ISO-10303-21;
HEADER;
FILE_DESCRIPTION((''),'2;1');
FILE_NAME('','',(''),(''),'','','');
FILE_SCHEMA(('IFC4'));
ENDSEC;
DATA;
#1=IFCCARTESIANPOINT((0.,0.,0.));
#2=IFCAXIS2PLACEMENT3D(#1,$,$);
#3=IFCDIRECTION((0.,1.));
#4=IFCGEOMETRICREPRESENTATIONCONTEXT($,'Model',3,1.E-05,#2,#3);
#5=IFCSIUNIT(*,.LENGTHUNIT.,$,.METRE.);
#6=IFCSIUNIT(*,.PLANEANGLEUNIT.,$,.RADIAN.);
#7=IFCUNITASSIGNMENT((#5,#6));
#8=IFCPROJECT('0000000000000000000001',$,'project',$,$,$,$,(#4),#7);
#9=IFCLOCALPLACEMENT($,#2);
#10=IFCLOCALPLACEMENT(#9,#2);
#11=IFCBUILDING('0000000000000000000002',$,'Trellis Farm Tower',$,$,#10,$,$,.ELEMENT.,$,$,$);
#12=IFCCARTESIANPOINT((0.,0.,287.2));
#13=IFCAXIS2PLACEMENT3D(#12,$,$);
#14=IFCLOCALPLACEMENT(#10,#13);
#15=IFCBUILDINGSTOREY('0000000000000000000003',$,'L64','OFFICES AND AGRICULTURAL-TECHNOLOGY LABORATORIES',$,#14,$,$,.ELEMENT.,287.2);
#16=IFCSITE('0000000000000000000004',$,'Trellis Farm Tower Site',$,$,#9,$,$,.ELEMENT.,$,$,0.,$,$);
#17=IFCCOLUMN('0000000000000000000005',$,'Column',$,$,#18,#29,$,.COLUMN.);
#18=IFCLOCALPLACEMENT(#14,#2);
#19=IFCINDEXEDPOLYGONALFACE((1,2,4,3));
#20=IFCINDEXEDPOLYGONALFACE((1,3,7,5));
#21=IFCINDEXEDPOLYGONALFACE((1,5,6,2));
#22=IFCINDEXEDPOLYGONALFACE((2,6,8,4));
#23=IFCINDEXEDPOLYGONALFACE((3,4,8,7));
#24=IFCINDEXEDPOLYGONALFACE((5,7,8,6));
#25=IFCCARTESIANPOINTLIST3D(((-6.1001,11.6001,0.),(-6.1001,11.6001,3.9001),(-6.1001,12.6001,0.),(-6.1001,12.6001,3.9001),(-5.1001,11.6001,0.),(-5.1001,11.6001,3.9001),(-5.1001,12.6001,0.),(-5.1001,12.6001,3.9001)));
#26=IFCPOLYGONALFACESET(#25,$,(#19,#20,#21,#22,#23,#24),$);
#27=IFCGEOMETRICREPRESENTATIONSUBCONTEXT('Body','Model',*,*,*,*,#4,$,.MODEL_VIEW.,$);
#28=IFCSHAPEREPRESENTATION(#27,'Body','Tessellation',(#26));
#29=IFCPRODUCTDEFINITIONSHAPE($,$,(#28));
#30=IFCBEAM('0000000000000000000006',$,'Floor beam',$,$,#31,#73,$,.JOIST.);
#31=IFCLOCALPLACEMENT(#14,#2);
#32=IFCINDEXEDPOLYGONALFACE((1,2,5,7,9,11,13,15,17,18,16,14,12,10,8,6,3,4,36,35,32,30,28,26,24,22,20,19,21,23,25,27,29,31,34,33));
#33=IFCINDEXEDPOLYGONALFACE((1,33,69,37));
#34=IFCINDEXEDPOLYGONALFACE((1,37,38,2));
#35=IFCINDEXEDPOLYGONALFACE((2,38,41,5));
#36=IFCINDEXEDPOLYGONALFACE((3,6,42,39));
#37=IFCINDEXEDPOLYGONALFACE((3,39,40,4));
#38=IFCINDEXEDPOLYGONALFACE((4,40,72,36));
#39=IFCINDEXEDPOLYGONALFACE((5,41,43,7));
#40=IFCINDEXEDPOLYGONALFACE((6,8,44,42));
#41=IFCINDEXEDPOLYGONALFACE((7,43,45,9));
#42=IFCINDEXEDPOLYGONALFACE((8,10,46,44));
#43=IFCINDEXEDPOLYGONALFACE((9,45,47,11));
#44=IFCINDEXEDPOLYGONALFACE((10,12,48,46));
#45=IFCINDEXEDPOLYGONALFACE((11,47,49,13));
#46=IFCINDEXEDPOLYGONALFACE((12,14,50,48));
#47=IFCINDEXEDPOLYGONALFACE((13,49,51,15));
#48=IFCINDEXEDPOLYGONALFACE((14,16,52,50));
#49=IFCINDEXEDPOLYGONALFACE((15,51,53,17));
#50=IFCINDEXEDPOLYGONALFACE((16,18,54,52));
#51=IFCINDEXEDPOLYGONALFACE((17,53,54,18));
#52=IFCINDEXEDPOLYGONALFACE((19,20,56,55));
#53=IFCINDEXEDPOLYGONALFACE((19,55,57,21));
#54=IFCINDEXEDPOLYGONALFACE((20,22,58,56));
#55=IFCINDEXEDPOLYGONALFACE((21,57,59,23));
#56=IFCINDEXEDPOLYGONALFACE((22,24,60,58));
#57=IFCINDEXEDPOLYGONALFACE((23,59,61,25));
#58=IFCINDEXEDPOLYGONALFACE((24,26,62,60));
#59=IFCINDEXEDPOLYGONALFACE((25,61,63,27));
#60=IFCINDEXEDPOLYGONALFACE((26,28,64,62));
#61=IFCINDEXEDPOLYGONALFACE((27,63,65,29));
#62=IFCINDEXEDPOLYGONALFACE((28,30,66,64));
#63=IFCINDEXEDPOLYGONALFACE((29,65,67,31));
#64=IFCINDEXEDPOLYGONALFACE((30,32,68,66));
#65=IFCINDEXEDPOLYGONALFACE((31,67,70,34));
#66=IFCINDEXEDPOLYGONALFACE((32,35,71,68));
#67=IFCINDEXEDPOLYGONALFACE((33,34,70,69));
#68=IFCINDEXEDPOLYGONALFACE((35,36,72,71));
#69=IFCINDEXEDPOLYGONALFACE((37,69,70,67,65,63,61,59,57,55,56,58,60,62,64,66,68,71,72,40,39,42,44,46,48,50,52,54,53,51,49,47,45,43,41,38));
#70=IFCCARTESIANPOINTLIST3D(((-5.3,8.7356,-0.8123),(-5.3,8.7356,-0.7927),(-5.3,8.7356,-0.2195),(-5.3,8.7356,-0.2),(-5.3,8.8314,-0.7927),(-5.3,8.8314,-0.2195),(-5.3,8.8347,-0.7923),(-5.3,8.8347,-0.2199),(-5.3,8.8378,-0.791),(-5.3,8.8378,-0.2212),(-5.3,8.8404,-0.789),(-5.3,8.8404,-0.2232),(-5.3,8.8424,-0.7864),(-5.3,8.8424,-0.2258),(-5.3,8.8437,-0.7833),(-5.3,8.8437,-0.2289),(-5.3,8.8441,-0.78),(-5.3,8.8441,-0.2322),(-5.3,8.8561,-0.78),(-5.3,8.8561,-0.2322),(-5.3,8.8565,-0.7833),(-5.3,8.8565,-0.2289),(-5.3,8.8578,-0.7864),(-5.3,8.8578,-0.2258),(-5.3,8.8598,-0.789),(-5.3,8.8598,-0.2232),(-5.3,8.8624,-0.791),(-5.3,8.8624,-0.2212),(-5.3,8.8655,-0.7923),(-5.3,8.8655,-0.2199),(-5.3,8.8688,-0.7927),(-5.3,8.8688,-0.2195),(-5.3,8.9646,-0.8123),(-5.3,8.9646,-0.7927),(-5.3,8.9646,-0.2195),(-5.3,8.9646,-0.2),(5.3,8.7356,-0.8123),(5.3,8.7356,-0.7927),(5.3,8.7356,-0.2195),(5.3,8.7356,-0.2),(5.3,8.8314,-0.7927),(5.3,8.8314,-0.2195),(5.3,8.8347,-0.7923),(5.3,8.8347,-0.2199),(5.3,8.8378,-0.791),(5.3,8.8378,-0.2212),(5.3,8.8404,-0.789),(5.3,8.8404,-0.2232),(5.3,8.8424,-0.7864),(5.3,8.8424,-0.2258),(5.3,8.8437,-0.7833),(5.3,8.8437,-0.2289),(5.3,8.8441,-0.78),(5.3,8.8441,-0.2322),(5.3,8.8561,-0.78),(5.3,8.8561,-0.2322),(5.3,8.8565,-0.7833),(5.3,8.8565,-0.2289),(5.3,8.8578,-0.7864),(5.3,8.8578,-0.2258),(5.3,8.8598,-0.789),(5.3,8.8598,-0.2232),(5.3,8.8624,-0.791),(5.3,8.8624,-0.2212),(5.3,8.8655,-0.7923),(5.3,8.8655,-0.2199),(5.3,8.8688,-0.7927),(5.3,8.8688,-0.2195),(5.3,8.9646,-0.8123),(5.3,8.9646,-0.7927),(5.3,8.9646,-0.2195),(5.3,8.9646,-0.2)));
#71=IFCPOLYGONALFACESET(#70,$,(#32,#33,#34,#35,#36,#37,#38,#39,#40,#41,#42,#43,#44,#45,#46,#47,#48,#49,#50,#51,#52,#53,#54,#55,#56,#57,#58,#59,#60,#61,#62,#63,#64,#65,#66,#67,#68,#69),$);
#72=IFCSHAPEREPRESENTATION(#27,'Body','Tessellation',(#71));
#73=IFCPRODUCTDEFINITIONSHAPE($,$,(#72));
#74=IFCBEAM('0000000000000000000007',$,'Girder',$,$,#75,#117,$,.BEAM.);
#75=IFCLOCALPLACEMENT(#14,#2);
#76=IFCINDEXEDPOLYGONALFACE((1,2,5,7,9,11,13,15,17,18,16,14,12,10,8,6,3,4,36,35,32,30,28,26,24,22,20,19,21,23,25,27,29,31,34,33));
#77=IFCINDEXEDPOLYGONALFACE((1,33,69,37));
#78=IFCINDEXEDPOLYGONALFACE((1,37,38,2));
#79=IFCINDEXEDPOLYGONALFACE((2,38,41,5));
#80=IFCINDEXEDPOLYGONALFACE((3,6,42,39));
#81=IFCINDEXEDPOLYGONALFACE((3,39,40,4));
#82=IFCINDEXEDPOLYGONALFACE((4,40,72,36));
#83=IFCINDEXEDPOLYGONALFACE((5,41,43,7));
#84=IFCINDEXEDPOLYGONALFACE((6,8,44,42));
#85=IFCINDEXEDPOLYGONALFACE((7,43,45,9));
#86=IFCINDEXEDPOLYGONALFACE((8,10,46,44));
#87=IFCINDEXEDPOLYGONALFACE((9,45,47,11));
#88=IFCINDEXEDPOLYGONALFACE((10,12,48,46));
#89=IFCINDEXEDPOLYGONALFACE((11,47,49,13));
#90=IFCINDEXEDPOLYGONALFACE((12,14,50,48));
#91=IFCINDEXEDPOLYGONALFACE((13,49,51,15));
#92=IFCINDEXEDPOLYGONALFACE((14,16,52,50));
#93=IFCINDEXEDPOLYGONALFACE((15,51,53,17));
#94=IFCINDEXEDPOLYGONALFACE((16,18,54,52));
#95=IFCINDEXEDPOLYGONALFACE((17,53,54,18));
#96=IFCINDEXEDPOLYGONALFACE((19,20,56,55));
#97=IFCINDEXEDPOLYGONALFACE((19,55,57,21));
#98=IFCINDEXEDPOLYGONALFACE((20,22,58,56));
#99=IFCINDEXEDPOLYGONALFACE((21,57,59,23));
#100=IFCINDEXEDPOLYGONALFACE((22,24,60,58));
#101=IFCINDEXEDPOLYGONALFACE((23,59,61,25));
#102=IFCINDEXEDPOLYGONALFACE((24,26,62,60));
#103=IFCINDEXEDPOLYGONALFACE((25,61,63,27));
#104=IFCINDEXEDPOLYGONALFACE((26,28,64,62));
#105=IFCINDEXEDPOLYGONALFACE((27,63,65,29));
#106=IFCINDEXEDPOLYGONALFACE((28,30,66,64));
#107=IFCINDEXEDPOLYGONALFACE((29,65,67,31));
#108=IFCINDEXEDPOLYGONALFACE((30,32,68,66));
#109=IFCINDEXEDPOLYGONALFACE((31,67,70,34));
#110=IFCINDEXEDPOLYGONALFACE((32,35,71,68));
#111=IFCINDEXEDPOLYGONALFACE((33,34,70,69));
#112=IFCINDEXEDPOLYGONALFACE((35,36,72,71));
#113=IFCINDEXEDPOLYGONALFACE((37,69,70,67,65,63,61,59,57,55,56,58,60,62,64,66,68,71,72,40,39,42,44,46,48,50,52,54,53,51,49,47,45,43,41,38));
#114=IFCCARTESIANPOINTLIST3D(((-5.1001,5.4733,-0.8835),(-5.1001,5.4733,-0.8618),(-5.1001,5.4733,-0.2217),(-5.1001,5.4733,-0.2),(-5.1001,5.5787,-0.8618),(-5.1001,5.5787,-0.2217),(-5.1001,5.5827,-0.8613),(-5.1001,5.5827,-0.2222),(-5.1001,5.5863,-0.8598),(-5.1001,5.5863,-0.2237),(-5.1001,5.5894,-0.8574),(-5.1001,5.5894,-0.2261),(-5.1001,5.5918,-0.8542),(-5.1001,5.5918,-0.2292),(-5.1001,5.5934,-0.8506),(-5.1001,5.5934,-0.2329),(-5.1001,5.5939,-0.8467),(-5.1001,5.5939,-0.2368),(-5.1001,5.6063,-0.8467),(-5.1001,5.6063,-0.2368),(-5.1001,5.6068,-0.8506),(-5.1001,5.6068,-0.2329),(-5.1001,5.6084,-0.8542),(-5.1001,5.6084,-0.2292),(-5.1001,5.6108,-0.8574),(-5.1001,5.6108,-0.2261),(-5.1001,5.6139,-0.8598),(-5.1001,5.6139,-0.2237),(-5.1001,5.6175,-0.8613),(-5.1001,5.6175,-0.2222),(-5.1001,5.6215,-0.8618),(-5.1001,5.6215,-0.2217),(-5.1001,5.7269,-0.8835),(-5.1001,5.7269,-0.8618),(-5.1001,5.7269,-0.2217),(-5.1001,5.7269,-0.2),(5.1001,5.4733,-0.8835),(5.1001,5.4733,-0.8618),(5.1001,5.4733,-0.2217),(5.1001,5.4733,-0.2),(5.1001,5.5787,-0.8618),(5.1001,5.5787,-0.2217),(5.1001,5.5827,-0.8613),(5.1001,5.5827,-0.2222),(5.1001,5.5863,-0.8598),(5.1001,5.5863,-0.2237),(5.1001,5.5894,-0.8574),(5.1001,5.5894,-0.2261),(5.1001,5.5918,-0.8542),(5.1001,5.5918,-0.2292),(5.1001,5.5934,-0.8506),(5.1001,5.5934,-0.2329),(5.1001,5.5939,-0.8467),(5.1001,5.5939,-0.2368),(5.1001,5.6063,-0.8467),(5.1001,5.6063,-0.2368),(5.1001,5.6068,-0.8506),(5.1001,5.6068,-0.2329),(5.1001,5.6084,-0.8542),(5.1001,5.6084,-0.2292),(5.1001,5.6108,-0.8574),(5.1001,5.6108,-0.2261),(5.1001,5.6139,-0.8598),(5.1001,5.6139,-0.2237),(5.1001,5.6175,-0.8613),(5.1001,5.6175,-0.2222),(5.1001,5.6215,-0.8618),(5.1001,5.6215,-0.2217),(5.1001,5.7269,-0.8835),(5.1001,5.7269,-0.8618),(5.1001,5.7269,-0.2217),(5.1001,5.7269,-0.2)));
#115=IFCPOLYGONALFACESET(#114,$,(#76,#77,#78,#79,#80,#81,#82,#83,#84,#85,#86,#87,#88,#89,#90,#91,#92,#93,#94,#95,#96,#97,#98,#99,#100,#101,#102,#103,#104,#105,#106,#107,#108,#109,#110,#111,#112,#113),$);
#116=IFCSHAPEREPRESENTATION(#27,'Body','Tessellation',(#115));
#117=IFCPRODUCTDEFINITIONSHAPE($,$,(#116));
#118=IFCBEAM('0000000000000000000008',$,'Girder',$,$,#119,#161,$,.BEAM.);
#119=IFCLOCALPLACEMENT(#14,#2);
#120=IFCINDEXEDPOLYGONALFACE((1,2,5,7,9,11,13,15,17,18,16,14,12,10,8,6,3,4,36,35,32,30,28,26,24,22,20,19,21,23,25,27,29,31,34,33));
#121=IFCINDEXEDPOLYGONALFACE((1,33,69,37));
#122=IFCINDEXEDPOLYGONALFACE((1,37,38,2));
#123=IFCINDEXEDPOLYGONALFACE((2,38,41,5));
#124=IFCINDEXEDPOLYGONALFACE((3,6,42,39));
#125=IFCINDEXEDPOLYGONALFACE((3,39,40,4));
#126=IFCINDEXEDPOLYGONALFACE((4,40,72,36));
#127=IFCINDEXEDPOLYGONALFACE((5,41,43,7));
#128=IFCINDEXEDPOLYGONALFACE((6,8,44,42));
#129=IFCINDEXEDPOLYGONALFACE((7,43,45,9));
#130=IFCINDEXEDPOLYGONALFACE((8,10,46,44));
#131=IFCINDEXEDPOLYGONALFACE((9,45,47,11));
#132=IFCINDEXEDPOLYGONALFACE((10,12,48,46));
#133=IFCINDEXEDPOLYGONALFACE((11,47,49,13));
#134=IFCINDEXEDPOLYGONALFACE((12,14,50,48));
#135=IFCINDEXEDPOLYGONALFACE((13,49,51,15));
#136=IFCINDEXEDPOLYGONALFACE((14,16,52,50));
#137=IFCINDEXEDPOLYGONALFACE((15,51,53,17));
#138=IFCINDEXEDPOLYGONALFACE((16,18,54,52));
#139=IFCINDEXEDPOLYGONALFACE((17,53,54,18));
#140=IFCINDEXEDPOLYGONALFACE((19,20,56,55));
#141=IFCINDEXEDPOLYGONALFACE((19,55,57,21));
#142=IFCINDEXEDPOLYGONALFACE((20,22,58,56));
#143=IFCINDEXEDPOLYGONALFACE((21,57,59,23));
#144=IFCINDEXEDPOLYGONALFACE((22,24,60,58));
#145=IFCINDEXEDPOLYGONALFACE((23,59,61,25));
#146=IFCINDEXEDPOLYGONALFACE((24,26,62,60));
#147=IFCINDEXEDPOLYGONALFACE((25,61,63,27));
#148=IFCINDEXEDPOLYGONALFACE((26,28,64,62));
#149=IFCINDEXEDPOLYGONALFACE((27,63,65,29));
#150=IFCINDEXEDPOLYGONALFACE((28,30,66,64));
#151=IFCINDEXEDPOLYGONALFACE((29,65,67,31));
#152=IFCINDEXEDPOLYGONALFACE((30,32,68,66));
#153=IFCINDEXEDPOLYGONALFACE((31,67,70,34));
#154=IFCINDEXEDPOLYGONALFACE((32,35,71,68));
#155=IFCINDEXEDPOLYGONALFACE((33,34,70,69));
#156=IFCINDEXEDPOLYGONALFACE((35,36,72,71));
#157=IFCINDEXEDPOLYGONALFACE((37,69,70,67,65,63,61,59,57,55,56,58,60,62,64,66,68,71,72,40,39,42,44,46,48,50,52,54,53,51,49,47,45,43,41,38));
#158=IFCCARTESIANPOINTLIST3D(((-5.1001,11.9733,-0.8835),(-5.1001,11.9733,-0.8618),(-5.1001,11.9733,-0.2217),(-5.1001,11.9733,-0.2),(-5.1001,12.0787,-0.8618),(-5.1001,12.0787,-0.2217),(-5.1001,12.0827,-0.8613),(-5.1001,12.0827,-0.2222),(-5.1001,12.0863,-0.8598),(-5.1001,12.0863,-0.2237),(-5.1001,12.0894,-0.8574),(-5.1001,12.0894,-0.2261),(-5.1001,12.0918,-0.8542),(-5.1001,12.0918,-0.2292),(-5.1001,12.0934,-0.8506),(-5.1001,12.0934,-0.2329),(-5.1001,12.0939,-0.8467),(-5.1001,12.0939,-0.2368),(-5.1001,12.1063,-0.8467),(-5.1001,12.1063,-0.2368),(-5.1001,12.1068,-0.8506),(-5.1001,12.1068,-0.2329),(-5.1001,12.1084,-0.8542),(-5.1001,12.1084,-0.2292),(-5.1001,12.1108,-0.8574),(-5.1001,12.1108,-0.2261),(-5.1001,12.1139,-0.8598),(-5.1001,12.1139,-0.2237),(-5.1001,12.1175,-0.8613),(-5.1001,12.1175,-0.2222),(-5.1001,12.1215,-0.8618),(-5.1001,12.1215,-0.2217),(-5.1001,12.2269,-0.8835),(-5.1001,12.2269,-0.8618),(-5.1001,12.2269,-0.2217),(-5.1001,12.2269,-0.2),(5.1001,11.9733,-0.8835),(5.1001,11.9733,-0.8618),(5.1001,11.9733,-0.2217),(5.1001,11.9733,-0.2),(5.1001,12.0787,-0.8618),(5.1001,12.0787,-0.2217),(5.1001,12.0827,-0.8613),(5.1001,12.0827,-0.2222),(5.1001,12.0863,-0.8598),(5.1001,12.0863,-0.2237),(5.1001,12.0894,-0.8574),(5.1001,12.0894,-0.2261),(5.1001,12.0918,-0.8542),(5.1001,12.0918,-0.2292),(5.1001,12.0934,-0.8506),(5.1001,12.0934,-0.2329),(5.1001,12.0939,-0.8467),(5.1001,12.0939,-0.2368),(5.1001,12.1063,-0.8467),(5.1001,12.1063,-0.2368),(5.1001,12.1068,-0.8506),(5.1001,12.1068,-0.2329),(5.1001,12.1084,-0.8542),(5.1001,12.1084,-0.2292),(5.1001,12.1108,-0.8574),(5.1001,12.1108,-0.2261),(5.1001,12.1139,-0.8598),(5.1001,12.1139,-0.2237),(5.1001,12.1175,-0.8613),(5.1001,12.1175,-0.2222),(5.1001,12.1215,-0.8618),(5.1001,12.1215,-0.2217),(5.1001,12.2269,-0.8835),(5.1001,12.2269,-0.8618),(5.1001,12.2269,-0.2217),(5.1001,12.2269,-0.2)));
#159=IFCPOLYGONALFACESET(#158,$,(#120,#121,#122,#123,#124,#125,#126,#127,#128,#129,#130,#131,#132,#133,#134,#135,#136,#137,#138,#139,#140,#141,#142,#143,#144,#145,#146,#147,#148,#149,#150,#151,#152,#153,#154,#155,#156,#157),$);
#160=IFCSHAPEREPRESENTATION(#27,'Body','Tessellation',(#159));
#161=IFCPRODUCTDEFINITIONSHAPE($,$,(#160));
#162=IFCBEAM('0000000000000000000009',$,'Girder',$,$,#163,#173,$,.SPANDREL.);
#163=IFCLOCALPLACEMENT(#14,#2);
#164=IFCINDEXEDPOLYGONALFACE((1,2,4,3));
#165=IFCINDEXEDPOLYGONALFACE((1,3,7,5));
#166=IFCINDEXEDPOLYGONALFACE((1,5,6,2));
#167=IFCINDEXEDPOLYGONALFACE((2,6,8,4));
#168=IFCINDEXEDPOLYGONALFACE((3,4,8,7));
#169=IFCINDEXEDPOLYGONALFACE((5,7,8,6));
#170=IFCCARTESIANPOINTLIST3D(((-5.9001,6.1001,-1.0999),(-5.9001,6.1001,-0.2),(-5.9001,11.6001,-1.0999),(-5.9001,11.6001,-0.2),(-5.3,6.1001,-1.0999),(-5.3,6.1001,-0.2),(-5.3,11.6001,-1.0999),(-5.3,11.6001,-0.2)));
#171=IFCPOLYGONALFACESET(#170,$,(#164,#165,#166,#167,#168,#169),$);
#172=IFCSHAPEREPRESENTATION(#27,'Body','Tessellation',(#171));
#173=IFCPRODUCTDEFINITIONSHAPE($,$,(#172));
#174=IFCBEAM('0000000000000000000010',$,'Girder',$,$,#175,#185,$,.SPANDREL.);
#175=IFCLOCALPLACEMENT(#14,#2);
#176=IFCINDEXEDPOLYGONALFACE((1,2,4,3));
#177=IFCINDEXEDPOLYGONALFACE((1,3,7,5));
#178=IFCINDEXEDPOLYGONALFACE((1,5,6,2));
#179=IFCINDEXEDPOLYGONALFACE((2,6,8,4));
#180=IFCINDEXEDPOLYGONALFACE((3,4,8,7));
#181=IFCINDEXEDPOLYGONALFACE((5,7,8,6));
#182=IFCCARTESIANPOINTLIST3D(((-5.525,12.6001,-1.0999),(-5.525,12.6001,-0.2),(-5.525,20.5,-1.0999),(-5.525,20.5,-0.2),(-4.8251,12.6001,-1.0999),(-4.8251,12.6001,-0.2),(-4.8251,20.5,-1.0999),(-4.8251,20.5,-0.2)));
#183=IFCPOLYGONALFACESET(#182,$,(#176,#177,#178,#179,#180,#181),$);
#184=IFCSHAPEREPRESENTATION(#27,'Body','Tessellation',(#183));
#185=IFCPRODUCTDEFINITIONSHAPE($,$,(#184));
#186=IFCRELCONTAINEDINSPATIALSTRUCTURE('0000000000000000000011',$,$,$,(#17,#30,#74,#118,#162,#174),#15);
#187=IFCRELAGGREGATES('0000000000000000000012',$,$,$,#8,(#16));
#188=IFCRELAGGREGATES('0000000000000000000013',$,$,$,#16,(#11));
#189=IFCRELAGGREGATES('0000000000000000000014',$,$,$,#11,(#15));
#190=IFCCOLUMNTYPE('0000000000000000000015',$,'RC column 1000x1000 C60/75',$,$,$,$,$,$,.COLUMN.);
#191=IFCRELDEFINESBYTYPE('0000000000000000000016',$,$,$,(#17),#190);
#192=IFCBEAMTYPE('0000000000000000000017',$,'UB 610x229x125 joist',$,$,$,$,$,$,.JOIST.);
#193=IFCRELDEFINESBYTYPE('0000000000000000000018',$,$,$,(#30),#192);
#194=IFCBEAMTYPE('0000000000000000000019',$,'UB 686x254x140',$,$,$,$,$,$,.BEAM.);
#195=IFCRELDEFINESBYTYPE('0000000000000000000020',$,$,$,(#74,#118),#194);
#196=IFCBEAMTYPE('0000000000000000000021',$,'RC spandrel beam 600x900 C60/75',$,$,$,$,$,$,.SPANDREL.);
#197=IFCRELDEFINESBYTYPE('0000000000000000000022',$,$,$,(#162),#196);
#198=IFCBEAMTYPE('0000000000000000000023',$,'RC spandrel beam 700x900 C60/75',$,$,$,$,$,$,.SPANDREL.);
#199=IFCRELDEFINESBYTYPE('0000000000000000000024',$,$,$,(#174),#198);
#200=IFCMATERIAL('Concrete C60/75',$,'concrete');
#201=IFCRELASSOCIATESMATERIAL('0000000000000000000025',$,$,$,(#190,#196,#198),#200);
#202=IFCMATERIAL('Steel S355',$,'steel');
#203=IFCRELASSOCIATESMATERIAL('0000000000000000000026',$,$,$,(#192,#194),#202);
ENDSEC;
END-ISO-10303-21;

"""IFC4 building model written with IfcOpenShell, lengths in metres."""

from ifc_helpers import new_model, si_unit, direction, frame, origin, origin_2d, place, context, subcontext, project, spatial, rectangle, i_section, extrude, source, transform, mapped, material, material_profile, profile_set, type_object, element, save


model = new_model("IFC4")

# Units and contexts
model_context = context("Model", 3, precision=1e-05, world=origin(), true_north=direction((0.0, 1.0)))
body_context = subcontext(model_context, "Body", "Model", "MODEL_VIEW")
ifc_project = project(units=[si_unit("LENGTHUNIT", "METRE"), si_unit("PLANEANGLEUNIT", "RADIAN")], contexts=[model_context])

# Site, building, storey
site_placement = place(None, origin())
site = spatial("IfcSite", under=ifc_project, at=site_placement, Name="Trellis Farm Tower Site", CompositionType="ELEMENT", RefElevation=0.0)
building_placement = place(site_placement, origin())
building = spatial("IfcBuilding", under=site, at=building_placement, Name="Trellis Farm Tower", CompositionType="ELEMENT")
storey_placement = place(building_placement, frame((0.0, 0.0, 287.2)))
storey = spatial("IfcBuildingStorey", under=building, at=storey_placement, Name="L64", Description="OFFICES AND AGRICULTURAL-TECHNOLOGY LABORATORIES", CompositionType="ELEMENT", Elevation=287.2)

# Column
ifc_material_1 = material(Name="Concrete C60/75", Category="concrete")
ifc_material_profile_1 = material_profile(ifc_material_1, rectangle(XDim=1.0, YDim=1.0, at=origin_2d()), Name="RC column 1000x1000 C60/75")
ifc_profile_set_1 = profile_set([ifc_material_profile_1], Name="Concrete C60/75")
column_type = type_object("IfcColumnType", Name="RC column 1000x1000 C60/75", PredefinedType="COLUMN", material=ifc_profile_set_1)
shared_shape_1 = source(origin(), body_context, "Body", "SweptSolid", [
    extrude(rectangle(XDim=1.0, YDim=1.0, at=origin_2d()), origin(), (0.0, 0.0, 1.0), 3.9001),
])
column_placement = place(storey_placement, frame((-5.6001, 12.1001, 0.0), z_axis=(0.0, 0.0, 1.0), x_axis=(1.0, 0.0, 0.0)))
element("IfcColumn", 1, at=column_placement, inside=storey, type_object=column_type, Name="Column", PredefinedType="COLUMN", context=body_context, shape_type="MappedRepresentation", body=[
    mapped(shared_shape_1, transform((0.0, 0.0, 0.0))),
])

# Beams
ifc_material_2 = material(Name="Steel S355", Category="steel")
ifc_material_profile_2 = material_profile(ifc_material_2, i_section(OverallWidth=0.229, OverallDepth=0.6123, WebThickness=0.012, FlangeThickness=0.0195, FilletRadius=0.0127, at=origin_2d()), Name="UB 610x229x125")
ifc_profile_set_2 = profile_set([ifc_material_profile_2], Name="Steel S355")
beam_type_1 = type_object("IfcBeamType", Name="UB 610x229x125 joist", PredefinedType="JOIST", material=ifc_profile_set_2)
shared_shape_2 = source(origin(), body_context, "Body", "SweptSolid", [
    extrude(i_section(OverallWidth=0.229, OverallDepth=0.6123, WebThickness=0.012, FlangeThickness=0.0195, FilletRadius=0.0127, at=origin_2d()), origin(), (0.0, 0.0, 1.0), 10.6001),
])
beam_1_placement = place(storey_placement, frame((-5.3, 8.8501, -0.5061), z_axis=(1.0, 0.0, 0.0), x_axis=(0.0, 1.0, 0.0)))
element("IfcBeam", 2, at=beam_1_placement, inside=storey, type_object=beam_type_1, Name="Floor beam", PredefinedType="JOIST", context=body_context, shape_type="MappedRepresentation", body=[
    mapped(shared_shape_2, transform((0.0, 0.0, 0.0))),
])
ifc_material_profile_3 = material_profile(ifc_material_2, i_section(OverallWidth=0.2537, OverallDepth=0.6836, WebThickness=0.0125, FlangeThickness=0.0217, FilletRadius=0.0151, at=origin_2d()), Name="UB 686x254x140")
ifc_profile_set_3 = profile_set([ifc_material_profile_3], Name="Steel S355")
beam_type_2 = type_object("IfcBeamType", Name="UB 686x254x140", PredefinedType="BEAM", material=ifc_profile_set_3)
shared_shape_3 = source(origin(), body_context, "Body", "SweptSolid", [
    extrude(i_section(OverallWidth=0.2537, OverallDepth=0.6836, WebThickness=0.0125, FlangeThickness=0.0217, FilletRadius=0.0151, at=origin_2d()), origin(), (0.0, 0.0, 1.0), 10.2002),
])
for number, where, z_axis, x_axis, name in (
    (3, (-5.1001, 5.6001, -0.5417), (1.0, 0.0, 0.0), (0.0, 1.0, 0.0), "Girder"),
    (4, (-5.1001, 12.1001, -0.5417), (1.0, 0.0, 0.0), (0.0, 1.0, 0.0), "Girder"),
):
    element("IfcBeam", number, at=place(storey_placement, frame(where, z_axis=z_axis, x_axis=x_axis)), inside=storey, type_object=beam_type_2, Name=name, PredefinedType="BEAM", context=body_context, shape_type="MappedRepresentation", body=[
        mapped(shared_shape_3, transform((0.0, 0.0, 0.0))),
    ])
ifc_material_profile_4 = material_profile(ifc_material_1, rectangle(XDim=0.6001, YDim=0.8999, at=origin_2d()), Name="RC spandrel beam 600x900 C60/75")
ifc_profile_set_4 = profile_set([ifc_material_profile_4], Name="Concrete C60/75")
beam_type_3 = type_object("IfcBeamType", Name="RC spandrel beam 600x900 C60/75", PredefinedType="SPANDREL", material=ifc_profile_set_4)
shared_shape_4 = source(origin(), body_context, "Body", "SweptSolid", [
    extrude(rectangle(XDim=0.6001, YDim=0.8999, at=origin_2d()), origin(), (0.0, 0.0, 1.0), 5.5),
])
beam_2_placement = place(storey_placement, frame((-5.6001, 6.1001, -0.6499), z_axis=(0.0, 1.0, 0.0), x_axis=(-1.0, 0.0, 0.0)))
element("IfcBeam", 5, at=beam_2_placement, inside=storey, type_object=beam_type_3, Name="Girder", PredefinedType="SPANDREL", context=body_context, shape_type="MappedRepresentation", body=[
    mapped(shared_shape_4, transform((0.0, 0.0, 0.0))),
])
ifc_material_profile_5 = material_profile(ifc_material_1, rectangle(XDim=0.7, YDim=0.8999, at=origin_2d()), Name="RC spandrel beam 700x900 C60/75")
ifc_profile_set_5 = profile_set([ifc_material_profile_5], Name="Concrete C60/75")
beam_type_4 = type_object("IfcBeamType", Name="RC spandrel beam 700x900 C60/75", PredefinedType="SPANDREL", material=ifc_profile_set_5)
shared_shape_5 = source(origin(), body_context, "Body", "SweptSolid", [
    extrude(rectangle(XDim=0.7, YDim=0.8999, at=origin_2d()), origin(), (0.0, 0.0, 1.0), 7.8999),
])
beam_3_placement = place(storey_placement, frame((-5.175, 12.6001, -0.6499), z_axis=(0.0, 1.0, 0.0), x_axis=(-1.0, 0.0, 0.0)))
element("IfcBeam", 6, at=beam_3_placement, inside=storey, type_object=beam_type_4, Name="Girder", PredefinedType="SPANDREL", context=body_context, shape_type="MappedRepresentation", body=[
    mapped(shared_shape_5, transform((0.0, 0.0, 0.0))),
])

save(model, "model.ifc")
